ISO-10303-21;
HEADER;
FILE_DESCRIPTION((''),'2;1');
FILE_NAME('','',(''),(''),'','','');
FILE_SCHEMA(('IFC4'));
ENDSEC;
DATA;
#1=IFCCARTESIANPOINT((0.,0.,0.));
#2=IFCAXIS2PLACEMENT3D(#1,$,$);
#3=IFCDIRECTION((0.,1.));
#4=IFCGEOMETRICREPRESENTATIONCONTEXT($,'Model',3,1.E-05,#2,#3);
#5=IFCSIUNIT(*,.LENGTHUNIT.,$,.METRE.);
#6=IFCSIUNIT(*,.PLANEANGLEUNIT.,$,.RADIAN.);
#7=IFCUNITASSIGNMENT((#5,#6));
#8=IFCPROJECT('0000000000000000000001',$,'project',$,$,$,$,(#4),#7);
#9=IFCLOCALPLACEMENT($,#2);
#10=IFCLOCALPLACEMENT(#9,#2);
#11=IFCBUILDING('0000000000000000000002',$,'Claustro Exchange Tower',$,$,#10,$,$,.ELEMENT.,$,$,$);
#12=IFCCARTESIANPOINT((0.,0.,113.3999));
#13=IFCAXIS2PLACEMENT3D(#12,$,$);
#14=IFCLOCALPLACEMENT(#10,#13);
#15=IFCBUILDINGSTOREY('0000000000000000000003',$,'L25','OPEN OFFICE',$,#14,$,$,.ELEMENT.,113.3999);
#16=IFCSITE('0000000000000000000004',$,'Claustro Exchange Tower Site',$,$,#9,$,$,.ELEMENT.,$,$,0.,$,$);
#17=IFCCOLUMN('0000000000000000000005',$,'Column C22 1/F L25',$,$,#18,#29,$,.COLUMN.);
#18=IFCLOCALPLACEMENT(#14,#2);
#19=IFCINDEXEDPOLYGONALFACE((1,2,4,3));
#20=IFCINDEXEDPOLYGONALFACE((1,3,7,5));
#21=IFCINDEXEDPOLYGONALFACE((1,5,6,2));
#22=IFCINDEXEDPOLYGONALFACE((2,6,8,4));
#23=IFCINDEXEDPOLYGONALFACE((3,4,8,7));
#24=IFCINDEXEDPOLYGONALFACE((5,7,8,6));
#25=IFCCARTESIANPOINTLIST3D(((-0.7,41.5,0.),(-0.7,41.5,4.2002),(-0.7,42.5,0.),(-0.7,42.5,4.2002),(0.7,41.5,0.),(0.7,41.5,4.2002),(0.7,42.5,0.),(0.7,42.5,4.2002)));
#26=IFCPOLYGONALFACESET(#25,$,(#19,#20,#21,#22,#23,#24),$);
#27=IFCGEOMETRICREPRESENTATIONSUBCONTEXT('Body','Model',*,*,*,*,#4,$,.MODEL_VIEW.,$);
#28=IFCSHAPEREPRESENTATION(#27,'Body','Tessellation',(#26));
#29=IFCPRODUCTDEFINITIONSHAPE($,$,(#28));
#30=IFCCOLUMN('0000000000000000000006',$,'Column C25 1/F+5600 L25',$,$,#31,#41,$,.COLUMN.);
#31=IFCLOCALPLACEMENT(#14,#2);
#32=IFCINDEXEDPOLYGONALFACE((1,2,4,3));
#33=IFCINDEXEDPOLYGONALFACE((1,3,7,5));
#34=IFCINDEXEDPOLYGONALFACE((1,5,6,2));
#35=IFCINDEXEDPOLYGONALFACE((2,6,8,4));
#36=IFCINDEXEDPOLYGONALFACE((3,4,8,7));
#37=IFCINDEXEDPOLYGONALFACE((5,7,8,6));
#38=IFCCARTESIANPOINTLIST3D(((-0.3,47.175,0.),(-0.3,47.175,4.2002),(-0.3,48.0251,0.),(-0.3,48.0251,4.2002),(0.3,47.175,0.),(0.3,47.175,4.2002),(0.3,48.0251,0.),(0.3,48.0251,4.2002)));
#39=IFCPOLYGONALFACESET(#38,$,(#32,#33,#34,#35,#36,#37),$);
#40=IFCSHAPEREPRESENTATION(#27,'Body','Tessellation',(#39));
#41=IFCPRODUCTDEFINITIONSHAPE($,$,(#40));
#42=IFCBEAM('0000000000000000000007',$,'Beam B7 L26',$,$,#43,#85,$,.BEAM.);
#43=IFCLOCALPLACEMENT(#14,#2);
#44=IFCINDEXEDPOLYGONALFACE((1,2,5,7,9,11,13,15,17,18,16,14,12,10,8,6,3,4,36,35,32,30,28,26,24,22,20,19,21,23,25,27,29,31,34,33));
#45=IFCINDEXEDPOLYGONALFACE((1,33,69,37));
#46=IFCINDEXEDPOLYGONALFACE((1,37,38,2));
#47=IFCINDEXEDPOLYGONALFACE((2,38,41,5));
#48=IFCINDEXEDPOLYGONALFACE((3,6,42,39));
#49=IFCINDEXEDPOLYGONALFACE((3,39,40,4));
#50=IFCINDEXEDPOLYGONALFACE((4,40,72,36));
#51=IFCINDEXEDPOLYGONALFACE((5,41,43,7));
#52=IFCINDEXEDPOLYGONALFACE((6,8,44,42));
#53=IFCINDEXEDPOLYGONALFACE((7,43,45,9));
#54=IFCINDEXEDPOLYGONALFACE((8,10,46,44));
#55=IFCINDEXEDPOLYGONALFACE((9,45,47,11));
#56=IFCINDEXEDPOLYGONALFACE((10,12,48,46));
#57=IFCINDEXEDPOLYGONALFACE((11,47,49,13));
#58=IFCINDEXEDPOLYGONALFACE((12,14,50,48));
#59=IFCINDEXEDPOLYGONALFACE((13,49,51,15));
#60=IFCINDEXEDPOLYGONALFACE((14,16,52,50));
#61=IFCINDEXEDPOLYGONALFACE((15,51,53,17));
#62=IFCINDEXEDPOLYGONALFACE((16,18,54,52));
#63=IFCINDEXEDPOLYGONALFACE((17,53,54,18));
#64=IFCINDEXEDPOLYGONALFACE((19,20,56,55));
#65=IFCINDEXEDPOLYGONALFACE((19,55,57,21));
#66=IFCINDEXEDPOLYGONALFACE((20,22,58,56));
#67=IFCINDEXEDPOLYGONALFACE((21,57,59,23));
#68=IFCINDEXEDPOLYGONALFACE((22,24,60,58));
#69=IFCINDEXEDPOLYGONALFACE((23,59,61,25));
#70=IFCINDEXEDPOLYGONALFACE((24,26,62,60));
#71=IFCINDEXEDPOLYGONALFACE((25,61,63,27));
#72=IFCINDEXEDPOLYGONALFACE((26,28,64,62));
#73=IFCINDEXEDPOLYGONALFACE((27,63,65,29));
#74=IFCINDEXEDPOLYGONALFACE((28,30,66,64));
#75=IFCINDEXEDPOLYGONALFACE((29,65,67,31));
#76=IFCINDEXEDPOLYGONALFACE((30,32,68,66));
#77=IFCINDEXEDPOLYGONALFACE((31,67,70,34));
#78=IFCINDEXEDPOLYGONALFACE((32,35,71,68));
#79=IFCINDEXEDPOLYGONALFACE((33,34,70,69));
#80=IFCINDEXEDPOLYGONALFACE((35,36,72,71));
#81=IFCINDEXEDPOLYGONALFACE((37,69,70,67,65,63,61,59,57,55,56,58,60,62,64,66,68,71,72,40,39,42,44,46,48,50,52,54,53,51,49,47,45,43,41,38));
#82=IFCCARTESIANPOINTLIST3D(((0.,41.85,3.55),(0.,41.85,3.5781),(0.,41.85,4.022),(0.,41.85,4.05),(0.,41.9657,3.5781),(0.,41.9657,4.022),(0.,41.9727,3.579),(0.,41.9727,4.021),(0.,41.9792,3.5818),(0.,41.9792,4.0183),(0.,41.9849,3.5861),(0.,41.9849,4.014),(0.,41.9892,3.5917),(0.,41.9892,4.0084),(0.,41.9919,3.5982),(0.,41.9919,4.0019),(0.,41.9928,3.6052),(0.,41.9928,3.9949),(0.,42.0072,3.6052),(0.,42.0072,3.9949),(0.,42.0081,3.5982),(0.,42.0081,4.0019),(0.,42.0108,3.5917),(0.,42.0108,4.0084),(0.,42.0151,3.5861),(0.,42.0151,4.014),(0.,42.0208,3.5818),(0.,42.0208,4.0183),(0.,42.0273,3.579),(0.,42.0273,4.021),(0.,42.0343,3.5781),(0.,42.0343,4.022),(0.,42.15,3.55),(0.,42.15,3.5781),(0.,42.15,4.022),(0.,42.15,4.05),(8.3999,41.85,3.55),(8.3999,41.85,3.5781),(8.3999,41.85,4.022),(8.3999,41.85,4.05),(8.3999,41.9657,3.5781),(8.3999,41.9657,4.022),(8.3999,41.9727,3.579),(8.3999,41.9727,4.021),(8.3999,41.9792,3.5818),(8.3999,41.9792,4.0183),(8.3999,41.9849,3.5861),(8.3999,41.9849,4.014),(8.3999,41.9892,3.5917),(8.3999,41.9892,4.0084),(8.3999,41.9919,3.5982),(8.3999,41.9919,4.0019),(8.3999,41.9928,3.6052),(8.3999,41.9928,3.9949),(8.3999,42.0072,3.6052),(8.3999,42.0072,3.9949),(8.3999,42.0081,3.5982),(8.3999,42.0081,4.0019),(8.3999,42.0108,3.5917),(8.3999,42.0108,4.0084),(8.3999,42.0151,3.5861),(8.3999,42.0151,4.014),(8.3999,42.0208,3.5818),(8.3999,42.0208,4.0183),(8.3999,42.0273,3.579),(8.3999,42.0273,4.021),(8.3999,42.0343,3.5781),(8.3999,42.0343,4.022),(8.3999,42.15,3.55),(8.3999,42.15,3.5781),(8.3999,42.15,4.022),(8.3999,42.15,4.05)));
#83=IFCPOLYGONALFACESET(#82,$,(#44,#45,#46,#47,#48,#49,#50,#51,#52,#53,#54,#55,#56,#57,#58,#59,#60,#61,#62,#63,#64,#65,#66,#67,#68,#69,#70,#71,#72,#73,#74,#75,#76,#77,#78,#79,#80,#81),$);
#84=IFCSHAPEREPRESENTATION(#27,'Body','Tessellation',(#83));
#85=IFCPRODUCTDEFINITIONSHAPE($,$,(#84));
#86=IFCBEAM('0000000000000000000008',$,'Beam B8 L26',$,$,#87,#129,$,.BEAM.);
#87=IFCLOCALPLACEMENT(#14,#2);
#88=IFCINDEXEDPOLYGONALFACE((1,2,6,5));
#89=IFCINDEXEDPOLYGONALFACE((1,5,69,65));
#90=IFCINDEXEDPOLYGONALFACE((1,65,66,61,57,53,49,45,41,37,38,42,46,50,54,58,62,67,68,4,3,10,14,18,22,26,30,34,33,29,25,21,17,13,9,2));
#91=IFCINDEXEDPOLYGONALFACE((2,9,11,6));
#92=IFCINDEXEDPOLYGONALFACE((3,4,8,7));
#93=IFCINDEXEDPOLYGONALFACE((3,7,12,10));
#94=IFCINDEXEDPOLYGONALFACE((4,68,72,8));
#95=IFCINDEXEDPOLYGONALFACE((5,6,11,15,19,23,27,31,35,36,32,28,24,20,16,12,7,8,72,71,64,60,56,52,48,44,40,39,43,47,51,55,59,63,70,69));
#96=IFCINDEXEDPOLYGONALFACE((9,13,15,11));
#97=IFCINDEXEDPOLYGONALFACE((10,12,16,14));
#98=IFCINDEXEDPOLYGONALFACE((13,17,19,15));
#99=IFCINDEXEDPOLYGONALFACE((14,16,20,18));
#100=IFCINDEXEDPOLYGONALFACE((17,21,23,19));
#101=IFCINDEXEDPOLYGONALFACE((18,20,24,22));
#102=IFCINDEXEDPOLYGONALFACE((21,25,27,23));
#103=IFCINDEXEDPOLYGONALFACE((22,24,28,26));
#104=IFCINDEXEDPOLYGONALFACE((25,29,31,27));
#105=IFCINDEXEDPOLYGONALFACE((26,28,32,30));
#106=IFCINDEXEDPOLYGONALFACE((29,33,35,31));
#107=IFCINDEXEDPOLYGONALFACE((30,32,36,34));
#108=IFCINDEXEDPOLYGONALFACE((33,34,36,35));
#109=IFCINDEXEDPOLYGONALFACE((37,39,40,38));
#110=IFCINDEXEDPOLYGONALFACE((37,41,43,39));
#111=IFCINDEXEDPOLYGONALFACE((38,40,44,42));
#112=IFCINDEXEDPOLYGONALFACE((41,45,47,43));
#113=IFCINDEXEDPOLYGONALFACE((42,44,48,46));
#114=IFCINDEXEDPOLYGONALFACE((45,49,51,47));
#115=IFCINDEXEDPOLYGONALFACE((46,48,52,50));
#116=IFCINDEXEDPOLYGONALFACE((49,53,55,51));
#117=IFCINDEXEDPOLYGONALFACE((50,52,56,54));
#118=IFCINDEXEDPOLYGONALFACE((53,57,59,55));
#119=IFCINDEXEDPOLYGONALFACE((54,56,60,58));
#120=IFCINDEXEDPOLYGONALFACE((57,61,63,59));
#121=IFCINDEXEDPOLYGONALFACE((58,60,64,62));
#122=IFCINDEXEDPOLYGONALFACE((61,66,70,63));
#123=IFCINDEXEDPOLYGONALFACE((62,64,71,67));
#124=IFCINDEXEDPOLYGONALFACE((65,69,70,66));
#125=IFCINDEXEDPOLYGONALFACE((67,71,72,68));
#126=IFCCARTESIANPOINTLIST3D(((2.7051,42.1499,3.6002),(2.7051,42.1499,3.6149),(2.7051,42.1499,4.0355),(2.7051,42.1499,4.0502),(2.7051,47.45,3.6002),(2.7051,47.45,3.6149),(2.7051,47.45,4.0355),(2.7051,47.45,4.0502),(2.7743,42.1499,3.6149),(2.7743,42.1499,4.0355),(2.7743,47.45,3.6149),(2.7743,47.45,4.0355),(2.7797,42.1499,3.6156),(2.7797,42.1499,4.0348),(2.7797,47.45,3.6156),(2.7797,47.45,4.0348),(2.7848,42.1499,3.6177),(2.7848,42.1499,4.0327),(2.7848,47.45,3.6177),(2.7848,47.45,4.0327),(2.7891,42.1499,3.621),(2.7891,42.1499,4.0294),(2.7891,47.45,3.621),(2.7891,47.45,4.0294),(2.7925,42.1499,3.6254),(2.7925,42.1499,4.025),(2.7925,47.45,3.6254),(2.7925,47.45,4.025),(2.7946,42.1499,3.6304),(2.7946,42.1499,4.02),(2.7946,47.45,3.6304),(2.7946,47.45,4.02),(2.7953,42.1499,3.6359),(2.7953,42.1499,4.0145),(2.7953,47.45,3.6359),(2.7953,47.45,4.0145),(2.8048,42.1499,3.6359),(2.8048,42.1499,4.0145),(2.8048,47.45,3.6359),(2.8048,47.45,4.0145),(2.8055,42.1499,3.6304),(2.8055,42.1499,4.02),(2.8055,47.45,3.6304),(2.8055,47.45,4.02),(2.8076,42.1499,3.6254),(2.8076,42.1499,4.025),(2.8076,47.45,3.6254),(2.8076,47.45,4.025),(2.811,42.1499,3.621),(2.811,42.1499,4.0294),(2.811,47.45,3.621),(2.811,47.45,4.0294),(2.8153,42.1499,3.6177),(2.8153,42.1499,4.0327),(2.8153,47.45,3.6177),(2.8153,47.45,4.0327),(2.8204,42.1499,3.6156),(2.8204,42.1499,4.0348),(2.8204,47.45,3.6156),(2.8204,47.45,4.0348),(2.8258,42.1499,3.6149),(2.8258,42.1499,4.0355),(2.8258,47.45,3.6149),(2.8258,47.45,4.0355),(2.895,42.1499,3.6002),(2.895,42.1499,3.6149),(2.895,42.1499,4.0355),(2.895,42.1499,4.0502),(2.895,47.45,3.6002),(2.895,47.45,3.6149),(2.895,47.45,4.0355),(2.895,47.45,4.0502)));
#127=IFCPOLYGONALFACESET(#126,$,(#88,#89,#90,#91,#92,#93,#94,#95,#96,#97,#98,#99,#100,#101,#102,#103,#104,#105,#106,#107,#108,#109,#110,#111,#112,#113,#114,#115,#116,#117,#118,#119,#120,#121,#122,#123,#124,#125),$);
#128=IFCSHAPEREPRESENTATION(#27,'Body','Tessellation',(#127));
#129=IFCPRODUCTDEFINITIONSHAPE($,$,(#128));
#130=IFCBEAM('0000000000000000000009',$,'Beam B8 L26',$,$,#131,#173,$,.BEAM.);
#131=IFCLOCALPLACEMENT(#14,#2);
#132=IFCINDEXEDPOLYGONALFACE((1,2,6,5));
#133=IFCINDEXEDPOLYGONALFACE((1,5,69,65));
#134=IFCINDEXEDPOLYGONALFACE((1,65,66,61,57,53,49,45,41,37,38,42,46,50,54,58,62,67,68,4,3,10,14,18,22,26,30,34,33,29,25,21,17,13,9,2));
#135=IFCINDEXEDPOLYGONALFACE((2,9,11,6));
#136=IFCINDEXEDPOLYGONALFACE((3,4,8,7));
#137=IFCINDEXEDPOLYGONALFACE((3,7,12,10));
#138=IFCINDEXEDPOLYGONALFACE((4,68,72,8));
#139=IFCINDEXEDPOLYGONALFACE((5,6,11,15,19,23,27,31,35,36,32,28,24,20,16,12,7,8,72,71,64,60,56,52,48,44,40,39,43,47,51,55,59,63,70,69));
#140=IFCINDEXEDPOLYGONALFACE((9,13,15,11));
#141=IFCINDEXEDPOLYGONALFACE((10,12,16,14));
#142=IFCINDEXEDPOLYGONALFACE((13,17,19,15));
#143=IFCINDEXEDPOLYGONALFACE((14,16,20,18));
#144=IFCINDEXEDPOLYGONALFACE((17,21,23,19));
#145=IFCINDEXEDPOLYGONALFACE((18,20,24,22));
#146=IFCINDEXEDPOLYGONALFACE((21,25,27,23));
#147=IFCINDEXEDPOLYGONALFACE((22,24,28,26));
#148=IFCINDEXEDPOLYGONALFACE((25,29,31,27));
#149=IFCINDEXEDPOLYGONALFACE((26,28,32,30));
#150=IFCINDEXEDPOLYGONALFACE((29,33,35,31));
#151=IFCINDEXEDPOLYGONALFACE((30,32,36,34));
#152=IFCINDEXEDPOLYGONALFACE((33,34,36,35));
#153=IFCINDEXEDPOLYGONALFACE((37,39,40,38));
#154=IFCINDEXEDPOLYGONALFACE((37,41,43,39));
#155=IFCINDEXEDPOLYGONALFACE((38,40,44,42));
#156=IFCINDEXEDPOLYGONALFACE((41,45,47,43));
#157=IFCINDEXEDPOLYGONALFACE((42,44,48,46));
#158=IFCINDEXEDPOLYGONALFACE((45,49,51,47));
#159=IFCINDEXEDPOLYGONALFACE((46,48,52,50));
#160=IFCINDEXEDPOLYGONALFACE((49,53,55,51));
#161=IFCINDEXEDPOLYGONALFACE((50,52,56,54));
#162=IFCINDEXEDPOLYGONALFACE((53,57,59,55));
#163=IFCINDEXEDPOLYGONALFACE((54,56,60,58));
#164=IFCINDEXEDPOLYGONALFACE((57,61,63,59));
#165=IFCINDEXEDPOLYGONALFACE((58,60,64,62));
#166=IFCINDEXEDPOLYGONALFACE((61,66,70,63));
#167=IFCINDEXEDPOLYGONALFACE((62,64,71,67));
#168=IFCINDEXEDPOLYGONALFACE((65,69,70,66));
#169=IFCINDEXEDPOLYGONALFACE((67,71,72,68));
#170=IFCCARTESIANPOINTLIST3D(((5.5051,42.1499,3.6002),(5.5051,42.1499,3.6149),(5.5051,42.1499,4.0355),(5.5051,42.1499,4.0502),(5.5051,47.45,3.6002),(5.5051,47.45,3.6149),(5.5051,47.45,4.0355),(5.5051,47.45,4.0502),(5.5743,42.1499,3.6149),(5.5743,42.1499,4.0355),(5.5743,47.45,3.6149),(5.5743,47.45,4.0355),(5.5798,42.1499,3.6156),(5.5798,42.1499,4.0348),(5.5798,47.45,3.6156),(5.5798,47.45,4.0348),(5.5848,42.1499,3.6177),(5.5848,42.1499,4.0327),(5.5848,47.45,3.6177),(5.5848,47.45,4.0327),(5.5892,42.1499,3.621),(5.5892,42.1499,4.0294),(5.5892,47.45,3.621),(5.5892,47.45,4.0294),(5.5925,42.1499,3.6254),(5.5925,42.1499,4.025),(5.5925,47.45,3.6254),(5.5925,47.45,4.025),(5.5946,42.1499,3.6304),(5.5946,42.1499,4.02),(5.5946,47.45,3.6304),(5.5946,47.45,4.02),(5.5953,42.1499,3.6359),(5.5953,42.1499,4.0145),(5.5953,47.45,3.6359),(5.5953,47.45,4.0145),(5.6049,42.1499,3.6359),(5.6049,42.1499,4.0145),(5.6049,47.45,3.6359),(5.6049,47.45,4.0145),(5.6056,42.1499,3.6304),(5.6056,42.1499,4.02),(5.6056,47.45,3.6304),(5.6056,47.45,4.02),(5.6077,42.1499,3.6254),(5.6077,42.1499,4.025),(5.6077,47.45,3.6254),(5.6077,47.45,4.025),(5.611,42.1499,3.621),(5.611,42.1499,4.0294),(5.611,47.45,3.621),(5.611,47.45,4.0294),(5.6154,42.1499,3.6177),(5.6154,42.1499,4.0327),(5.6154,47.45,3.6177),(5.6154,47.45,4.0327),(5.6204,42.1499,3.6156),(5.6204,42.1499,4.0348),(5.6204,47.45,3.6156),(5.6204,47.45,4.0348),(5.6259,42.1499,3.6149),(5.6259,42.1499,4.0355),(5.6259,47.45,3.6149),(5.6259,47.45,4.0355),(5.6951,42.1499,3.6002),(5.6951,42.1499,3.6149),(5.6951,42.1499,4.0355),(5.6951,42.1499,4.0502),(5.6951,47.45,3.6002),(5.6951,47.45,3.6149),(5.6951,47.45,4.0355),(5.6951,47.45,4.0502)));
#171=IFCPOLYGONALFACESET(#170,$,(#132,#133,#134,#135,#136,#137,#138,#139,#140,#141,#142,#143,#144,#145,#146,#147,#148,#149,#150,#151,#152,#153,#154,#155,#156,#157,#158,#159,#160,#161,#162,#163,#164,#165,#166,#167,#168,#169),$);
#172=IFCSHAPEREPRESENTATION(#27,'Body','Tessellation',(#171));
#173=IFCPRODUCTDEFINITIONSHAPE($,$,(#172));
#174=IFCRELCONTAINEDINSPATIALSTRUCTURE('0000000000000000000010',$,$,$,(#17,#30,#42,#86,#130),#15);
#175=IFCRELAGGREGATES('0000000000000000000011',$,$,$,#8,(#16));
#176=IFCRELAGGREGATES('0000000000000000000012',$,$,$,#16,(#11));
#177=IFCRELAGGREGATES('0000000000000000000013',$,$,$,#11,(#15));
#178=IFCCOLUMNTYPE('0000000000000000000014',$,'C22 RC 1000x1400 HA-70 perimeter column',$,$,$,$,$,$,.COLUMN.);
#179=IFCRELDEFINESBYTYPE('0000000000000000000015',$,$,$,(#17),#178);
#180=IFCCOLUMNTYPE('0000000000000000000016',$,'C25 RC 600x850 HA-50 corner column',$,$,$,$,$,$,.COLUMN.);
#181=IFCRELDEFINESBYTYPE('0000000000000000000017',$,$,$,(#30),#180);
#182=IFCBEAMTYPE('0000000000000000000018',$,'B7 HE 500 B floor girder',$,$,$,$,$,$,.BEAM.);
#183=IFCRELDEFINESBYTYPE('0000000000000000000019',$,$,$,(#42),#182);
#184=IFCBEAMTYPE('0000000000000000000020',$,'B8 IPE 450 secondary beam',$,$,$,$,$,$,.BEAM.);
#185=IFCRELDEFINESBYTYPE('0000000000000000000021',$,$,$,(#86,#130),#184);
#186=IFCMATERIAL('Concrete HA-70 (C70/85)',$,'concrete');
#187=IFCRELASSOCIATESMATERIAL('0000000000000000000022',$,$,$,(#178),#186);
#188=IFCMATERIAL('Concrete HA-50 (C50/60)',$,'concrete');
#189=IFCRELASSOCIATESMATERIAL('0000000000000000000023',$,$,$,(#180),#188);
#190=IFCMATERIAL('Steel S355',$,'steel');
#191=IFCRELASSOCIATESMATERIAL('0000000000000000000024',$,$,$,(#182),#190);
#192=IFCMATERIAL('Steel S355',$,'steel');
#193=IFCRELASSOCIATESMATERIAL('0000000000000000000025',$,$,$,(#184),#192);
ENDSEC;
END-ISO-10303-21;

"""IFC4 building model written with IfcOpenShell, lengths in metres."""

from ifc_helpers import new_model, si_unit, direction, frame, origin, origin_2d, place, context, subcontext, project, spatial, rectangle, i_section, extrude, material, material_profile, profile_set, type_object, element, save


model = new_model("IFC4")

# Units and contexts
model_context = context("Model", 3, precision=1e-05, world=origin(), true_north=direction((0.0, 1.0)))
body_context = subcontext(model_context, "Body", "Model", "MODEL_VIEW")
ifc_project = project(units=[si_unit("LENGTHUNIT", "METRE"), si_unit("PLANEANGLEUNIT", "RADIAN")], contexts=[model_context])

# Site, building, storey
site_placement = place(None, origin())
site = spatial("IfcSite", under=ifc_project, at=site_placement, Name="Claustro Exchange Tower Site", CompositionType="ELEMENT", RefElevation=0.0)
building_placement = place(site_placement, origin())
building = spatial("IfcBuilding", under=site, at=building_placement, Name="Claustro Exchange Tower", CompositionType="ELEMENT")
storey_placement = place(building_placement, frame((0.0, 0.0, 113.3999)))
storey = spatial("IfcBuildingStorey", under=building, at=storey_placement, Name="L25", Description="OPEN OFFICE", CompositionType="ELEMENT", Elevation=113.3999)

# Columns
ifc_material_1 = material(Name="Concrete HA-70 (C70/85)", Category="concrete")
ifc_material_profile_1 = material_profile(ifc_material_1, rectangle(XDim=1.0, YDim=1.3999, at=origin_2d()), Name="RC 1000x1400")
ifc_profile_set_1 = profile_set([ifc_material_profile_1], Name="Concrete HA-70 (C70/85)")
column_type_1 = type_object("IfcColumnType", Name="C22 RC 1000x1400 HA-70 perimeter column", PredefinedType="COLUMN", material=ifc_profile_set_1)
column_1_placement = place(storey_placement, frame((0.0, 42.0, 0.0), z_axis=(0.0, 0.0, 1.0), x_axis=(0.0, 1.0, 0.0)))
element("IfcColumn", 1, at=column_1_placement, inside=storey, type_object=column_type_1, Name="Column C22 1/F L25", PredefinedType="COLUMN", context=body_context, shape_type="SweptSolid", body=[
    extrude(rectangle(XDim=1.0, YDim=1.3999, at=origin_2d()), origin(), (0.0, 0.0, 1.0), 4.2002),
])
ifc_material_2 = material(Name="Concrete HA-50 (C50/60)", Category="concrete")
ifc_material_profile_2 = material_profile(ifc_material_2, rectangle(XDim=0.6001, YDim=0.8501, at=origin_2d()), Name="RC 600x850")
ifc_profile_set_2 = profile_set([ifc_material_profile_2], Name="Concrete HA-50 (C50/60)")
column_type_2 = type_object("IfcColumnType", Name="C25 RC 600x850 HA-50 corner column", PredefinedType="COLUMN", material=ifc_profile_set_2)
column_2_placement = place(storey_placement, frame((0.0, 47.6001, 0.0), z_axis=(0.0, 0.0, 1.0), x_axis=(1.0, 0.0, 0.0)))
element("IfcColumn", 2, at=column_2_placement, inside=storey, type_object=column_type_2, Name="Column C25 1/F+5600 L25", PredefinedType="COLUMN", context=body_context, shape_type="SweptSolid", body=[
    extrude(rectangle(XDim=0.6001, YDim=0.8501, at=origin_2d()), origin(), (0.0, 0.0, 1.0), 4.2002),
])

# Beams
ifc_material_3 = material(Name="Steel S355", Category="steel")
ifc_material_profile_3 = material_profile(ifc_material_3, i_section(OverallWidth=0.3, OverallDepth=0.5, WebThickness=0.0144, FlangeThickness=0.0281, FilletRadius=0.0271, at=origin_2d()), Name="HE 500 B")
ifc_profile_set_3 = profile_set([ifc_material_profile_3], Name="Steel S355")
beam_type_1 = type_object("IfcBeamType", Name="B7 HE 500 B floor girder", PredefinedType="BEAM", material=ifc_profile_set_3)
beam_1_placement = place(storey_placement, frame((0.0, 42.0, 3.8), z_axis=(1.0, 0.0, 0.0), x_axis=(0.0, 1.0, 0.0)))
element("IfcBeam", 3, at=beam_1_placement, inside=storey, type_object=beam_type_1, Name="Beam B7 L26", PredefinedType="BEAM", context=body_context, shape_type="SweptSolid", body=[
    extrude(i_section(OverallWidth=0.3, OverallDepth=0.5, WebThickness=0.0144, FlangeThickness=0.0281, FilletRadius=0.0271, at=origin_2d()), origin(), (0.0, 0.0, 1.0), 8.3999),
])
ifc_material_4 = material(Name="Steel S355", Category="steel")
ifc_material_profile_4 = material_profile(ifc_material_4, i_section(OverallWidth=0.1899, OverallDepth=0.45, WebThickness=0.0095, FlangeThickness=0.0146, FilletRadius=0.021, at=origin_2d()), Name="IPE 450")
ifc_profile_set_4 = profile_set([ifc_material_profile_4], Name="Steel S355")
beam_type_2 = type_object("IfcBeamType", Name="B8 IPE 450 secondary beam", PredefinedType="BEAM", material=ifc_profile_set_4)
for number, where, z_axis, x_axis, name in (
    (4, (2.8, 42.1499, 3.8252), (0.0, 1.0, 0.0), (-1.0, 0.0, 0.0), "Beam B8 L26"),
    (5, (5.6001, 42.1499, 3.8252), (0.0, 1.0, 0.0), (-1.0, 0.0, 0.0), "Beam B8 L26"),
):
    element("IfcBeam", number, at=place(storey_placement, frame(where, z_axis=z_axis, x_axis=x_axis)), inside=storey, type_object=beam_type_2, Name=name, PredefinedType="BEAM", context=body_context, shape_type="SweptSolid", body=[
        extrude(i_section(OverallWidth=0.1899, OverallDepth=0.45, WebThickness=0.0095, FlangeThickness=0.0146, FilletRadius=0.021, at=origin_2d()), origin(), (0.0, 0.0, 1.0), 5.3),
    ])

save(model, "model.ifc")
